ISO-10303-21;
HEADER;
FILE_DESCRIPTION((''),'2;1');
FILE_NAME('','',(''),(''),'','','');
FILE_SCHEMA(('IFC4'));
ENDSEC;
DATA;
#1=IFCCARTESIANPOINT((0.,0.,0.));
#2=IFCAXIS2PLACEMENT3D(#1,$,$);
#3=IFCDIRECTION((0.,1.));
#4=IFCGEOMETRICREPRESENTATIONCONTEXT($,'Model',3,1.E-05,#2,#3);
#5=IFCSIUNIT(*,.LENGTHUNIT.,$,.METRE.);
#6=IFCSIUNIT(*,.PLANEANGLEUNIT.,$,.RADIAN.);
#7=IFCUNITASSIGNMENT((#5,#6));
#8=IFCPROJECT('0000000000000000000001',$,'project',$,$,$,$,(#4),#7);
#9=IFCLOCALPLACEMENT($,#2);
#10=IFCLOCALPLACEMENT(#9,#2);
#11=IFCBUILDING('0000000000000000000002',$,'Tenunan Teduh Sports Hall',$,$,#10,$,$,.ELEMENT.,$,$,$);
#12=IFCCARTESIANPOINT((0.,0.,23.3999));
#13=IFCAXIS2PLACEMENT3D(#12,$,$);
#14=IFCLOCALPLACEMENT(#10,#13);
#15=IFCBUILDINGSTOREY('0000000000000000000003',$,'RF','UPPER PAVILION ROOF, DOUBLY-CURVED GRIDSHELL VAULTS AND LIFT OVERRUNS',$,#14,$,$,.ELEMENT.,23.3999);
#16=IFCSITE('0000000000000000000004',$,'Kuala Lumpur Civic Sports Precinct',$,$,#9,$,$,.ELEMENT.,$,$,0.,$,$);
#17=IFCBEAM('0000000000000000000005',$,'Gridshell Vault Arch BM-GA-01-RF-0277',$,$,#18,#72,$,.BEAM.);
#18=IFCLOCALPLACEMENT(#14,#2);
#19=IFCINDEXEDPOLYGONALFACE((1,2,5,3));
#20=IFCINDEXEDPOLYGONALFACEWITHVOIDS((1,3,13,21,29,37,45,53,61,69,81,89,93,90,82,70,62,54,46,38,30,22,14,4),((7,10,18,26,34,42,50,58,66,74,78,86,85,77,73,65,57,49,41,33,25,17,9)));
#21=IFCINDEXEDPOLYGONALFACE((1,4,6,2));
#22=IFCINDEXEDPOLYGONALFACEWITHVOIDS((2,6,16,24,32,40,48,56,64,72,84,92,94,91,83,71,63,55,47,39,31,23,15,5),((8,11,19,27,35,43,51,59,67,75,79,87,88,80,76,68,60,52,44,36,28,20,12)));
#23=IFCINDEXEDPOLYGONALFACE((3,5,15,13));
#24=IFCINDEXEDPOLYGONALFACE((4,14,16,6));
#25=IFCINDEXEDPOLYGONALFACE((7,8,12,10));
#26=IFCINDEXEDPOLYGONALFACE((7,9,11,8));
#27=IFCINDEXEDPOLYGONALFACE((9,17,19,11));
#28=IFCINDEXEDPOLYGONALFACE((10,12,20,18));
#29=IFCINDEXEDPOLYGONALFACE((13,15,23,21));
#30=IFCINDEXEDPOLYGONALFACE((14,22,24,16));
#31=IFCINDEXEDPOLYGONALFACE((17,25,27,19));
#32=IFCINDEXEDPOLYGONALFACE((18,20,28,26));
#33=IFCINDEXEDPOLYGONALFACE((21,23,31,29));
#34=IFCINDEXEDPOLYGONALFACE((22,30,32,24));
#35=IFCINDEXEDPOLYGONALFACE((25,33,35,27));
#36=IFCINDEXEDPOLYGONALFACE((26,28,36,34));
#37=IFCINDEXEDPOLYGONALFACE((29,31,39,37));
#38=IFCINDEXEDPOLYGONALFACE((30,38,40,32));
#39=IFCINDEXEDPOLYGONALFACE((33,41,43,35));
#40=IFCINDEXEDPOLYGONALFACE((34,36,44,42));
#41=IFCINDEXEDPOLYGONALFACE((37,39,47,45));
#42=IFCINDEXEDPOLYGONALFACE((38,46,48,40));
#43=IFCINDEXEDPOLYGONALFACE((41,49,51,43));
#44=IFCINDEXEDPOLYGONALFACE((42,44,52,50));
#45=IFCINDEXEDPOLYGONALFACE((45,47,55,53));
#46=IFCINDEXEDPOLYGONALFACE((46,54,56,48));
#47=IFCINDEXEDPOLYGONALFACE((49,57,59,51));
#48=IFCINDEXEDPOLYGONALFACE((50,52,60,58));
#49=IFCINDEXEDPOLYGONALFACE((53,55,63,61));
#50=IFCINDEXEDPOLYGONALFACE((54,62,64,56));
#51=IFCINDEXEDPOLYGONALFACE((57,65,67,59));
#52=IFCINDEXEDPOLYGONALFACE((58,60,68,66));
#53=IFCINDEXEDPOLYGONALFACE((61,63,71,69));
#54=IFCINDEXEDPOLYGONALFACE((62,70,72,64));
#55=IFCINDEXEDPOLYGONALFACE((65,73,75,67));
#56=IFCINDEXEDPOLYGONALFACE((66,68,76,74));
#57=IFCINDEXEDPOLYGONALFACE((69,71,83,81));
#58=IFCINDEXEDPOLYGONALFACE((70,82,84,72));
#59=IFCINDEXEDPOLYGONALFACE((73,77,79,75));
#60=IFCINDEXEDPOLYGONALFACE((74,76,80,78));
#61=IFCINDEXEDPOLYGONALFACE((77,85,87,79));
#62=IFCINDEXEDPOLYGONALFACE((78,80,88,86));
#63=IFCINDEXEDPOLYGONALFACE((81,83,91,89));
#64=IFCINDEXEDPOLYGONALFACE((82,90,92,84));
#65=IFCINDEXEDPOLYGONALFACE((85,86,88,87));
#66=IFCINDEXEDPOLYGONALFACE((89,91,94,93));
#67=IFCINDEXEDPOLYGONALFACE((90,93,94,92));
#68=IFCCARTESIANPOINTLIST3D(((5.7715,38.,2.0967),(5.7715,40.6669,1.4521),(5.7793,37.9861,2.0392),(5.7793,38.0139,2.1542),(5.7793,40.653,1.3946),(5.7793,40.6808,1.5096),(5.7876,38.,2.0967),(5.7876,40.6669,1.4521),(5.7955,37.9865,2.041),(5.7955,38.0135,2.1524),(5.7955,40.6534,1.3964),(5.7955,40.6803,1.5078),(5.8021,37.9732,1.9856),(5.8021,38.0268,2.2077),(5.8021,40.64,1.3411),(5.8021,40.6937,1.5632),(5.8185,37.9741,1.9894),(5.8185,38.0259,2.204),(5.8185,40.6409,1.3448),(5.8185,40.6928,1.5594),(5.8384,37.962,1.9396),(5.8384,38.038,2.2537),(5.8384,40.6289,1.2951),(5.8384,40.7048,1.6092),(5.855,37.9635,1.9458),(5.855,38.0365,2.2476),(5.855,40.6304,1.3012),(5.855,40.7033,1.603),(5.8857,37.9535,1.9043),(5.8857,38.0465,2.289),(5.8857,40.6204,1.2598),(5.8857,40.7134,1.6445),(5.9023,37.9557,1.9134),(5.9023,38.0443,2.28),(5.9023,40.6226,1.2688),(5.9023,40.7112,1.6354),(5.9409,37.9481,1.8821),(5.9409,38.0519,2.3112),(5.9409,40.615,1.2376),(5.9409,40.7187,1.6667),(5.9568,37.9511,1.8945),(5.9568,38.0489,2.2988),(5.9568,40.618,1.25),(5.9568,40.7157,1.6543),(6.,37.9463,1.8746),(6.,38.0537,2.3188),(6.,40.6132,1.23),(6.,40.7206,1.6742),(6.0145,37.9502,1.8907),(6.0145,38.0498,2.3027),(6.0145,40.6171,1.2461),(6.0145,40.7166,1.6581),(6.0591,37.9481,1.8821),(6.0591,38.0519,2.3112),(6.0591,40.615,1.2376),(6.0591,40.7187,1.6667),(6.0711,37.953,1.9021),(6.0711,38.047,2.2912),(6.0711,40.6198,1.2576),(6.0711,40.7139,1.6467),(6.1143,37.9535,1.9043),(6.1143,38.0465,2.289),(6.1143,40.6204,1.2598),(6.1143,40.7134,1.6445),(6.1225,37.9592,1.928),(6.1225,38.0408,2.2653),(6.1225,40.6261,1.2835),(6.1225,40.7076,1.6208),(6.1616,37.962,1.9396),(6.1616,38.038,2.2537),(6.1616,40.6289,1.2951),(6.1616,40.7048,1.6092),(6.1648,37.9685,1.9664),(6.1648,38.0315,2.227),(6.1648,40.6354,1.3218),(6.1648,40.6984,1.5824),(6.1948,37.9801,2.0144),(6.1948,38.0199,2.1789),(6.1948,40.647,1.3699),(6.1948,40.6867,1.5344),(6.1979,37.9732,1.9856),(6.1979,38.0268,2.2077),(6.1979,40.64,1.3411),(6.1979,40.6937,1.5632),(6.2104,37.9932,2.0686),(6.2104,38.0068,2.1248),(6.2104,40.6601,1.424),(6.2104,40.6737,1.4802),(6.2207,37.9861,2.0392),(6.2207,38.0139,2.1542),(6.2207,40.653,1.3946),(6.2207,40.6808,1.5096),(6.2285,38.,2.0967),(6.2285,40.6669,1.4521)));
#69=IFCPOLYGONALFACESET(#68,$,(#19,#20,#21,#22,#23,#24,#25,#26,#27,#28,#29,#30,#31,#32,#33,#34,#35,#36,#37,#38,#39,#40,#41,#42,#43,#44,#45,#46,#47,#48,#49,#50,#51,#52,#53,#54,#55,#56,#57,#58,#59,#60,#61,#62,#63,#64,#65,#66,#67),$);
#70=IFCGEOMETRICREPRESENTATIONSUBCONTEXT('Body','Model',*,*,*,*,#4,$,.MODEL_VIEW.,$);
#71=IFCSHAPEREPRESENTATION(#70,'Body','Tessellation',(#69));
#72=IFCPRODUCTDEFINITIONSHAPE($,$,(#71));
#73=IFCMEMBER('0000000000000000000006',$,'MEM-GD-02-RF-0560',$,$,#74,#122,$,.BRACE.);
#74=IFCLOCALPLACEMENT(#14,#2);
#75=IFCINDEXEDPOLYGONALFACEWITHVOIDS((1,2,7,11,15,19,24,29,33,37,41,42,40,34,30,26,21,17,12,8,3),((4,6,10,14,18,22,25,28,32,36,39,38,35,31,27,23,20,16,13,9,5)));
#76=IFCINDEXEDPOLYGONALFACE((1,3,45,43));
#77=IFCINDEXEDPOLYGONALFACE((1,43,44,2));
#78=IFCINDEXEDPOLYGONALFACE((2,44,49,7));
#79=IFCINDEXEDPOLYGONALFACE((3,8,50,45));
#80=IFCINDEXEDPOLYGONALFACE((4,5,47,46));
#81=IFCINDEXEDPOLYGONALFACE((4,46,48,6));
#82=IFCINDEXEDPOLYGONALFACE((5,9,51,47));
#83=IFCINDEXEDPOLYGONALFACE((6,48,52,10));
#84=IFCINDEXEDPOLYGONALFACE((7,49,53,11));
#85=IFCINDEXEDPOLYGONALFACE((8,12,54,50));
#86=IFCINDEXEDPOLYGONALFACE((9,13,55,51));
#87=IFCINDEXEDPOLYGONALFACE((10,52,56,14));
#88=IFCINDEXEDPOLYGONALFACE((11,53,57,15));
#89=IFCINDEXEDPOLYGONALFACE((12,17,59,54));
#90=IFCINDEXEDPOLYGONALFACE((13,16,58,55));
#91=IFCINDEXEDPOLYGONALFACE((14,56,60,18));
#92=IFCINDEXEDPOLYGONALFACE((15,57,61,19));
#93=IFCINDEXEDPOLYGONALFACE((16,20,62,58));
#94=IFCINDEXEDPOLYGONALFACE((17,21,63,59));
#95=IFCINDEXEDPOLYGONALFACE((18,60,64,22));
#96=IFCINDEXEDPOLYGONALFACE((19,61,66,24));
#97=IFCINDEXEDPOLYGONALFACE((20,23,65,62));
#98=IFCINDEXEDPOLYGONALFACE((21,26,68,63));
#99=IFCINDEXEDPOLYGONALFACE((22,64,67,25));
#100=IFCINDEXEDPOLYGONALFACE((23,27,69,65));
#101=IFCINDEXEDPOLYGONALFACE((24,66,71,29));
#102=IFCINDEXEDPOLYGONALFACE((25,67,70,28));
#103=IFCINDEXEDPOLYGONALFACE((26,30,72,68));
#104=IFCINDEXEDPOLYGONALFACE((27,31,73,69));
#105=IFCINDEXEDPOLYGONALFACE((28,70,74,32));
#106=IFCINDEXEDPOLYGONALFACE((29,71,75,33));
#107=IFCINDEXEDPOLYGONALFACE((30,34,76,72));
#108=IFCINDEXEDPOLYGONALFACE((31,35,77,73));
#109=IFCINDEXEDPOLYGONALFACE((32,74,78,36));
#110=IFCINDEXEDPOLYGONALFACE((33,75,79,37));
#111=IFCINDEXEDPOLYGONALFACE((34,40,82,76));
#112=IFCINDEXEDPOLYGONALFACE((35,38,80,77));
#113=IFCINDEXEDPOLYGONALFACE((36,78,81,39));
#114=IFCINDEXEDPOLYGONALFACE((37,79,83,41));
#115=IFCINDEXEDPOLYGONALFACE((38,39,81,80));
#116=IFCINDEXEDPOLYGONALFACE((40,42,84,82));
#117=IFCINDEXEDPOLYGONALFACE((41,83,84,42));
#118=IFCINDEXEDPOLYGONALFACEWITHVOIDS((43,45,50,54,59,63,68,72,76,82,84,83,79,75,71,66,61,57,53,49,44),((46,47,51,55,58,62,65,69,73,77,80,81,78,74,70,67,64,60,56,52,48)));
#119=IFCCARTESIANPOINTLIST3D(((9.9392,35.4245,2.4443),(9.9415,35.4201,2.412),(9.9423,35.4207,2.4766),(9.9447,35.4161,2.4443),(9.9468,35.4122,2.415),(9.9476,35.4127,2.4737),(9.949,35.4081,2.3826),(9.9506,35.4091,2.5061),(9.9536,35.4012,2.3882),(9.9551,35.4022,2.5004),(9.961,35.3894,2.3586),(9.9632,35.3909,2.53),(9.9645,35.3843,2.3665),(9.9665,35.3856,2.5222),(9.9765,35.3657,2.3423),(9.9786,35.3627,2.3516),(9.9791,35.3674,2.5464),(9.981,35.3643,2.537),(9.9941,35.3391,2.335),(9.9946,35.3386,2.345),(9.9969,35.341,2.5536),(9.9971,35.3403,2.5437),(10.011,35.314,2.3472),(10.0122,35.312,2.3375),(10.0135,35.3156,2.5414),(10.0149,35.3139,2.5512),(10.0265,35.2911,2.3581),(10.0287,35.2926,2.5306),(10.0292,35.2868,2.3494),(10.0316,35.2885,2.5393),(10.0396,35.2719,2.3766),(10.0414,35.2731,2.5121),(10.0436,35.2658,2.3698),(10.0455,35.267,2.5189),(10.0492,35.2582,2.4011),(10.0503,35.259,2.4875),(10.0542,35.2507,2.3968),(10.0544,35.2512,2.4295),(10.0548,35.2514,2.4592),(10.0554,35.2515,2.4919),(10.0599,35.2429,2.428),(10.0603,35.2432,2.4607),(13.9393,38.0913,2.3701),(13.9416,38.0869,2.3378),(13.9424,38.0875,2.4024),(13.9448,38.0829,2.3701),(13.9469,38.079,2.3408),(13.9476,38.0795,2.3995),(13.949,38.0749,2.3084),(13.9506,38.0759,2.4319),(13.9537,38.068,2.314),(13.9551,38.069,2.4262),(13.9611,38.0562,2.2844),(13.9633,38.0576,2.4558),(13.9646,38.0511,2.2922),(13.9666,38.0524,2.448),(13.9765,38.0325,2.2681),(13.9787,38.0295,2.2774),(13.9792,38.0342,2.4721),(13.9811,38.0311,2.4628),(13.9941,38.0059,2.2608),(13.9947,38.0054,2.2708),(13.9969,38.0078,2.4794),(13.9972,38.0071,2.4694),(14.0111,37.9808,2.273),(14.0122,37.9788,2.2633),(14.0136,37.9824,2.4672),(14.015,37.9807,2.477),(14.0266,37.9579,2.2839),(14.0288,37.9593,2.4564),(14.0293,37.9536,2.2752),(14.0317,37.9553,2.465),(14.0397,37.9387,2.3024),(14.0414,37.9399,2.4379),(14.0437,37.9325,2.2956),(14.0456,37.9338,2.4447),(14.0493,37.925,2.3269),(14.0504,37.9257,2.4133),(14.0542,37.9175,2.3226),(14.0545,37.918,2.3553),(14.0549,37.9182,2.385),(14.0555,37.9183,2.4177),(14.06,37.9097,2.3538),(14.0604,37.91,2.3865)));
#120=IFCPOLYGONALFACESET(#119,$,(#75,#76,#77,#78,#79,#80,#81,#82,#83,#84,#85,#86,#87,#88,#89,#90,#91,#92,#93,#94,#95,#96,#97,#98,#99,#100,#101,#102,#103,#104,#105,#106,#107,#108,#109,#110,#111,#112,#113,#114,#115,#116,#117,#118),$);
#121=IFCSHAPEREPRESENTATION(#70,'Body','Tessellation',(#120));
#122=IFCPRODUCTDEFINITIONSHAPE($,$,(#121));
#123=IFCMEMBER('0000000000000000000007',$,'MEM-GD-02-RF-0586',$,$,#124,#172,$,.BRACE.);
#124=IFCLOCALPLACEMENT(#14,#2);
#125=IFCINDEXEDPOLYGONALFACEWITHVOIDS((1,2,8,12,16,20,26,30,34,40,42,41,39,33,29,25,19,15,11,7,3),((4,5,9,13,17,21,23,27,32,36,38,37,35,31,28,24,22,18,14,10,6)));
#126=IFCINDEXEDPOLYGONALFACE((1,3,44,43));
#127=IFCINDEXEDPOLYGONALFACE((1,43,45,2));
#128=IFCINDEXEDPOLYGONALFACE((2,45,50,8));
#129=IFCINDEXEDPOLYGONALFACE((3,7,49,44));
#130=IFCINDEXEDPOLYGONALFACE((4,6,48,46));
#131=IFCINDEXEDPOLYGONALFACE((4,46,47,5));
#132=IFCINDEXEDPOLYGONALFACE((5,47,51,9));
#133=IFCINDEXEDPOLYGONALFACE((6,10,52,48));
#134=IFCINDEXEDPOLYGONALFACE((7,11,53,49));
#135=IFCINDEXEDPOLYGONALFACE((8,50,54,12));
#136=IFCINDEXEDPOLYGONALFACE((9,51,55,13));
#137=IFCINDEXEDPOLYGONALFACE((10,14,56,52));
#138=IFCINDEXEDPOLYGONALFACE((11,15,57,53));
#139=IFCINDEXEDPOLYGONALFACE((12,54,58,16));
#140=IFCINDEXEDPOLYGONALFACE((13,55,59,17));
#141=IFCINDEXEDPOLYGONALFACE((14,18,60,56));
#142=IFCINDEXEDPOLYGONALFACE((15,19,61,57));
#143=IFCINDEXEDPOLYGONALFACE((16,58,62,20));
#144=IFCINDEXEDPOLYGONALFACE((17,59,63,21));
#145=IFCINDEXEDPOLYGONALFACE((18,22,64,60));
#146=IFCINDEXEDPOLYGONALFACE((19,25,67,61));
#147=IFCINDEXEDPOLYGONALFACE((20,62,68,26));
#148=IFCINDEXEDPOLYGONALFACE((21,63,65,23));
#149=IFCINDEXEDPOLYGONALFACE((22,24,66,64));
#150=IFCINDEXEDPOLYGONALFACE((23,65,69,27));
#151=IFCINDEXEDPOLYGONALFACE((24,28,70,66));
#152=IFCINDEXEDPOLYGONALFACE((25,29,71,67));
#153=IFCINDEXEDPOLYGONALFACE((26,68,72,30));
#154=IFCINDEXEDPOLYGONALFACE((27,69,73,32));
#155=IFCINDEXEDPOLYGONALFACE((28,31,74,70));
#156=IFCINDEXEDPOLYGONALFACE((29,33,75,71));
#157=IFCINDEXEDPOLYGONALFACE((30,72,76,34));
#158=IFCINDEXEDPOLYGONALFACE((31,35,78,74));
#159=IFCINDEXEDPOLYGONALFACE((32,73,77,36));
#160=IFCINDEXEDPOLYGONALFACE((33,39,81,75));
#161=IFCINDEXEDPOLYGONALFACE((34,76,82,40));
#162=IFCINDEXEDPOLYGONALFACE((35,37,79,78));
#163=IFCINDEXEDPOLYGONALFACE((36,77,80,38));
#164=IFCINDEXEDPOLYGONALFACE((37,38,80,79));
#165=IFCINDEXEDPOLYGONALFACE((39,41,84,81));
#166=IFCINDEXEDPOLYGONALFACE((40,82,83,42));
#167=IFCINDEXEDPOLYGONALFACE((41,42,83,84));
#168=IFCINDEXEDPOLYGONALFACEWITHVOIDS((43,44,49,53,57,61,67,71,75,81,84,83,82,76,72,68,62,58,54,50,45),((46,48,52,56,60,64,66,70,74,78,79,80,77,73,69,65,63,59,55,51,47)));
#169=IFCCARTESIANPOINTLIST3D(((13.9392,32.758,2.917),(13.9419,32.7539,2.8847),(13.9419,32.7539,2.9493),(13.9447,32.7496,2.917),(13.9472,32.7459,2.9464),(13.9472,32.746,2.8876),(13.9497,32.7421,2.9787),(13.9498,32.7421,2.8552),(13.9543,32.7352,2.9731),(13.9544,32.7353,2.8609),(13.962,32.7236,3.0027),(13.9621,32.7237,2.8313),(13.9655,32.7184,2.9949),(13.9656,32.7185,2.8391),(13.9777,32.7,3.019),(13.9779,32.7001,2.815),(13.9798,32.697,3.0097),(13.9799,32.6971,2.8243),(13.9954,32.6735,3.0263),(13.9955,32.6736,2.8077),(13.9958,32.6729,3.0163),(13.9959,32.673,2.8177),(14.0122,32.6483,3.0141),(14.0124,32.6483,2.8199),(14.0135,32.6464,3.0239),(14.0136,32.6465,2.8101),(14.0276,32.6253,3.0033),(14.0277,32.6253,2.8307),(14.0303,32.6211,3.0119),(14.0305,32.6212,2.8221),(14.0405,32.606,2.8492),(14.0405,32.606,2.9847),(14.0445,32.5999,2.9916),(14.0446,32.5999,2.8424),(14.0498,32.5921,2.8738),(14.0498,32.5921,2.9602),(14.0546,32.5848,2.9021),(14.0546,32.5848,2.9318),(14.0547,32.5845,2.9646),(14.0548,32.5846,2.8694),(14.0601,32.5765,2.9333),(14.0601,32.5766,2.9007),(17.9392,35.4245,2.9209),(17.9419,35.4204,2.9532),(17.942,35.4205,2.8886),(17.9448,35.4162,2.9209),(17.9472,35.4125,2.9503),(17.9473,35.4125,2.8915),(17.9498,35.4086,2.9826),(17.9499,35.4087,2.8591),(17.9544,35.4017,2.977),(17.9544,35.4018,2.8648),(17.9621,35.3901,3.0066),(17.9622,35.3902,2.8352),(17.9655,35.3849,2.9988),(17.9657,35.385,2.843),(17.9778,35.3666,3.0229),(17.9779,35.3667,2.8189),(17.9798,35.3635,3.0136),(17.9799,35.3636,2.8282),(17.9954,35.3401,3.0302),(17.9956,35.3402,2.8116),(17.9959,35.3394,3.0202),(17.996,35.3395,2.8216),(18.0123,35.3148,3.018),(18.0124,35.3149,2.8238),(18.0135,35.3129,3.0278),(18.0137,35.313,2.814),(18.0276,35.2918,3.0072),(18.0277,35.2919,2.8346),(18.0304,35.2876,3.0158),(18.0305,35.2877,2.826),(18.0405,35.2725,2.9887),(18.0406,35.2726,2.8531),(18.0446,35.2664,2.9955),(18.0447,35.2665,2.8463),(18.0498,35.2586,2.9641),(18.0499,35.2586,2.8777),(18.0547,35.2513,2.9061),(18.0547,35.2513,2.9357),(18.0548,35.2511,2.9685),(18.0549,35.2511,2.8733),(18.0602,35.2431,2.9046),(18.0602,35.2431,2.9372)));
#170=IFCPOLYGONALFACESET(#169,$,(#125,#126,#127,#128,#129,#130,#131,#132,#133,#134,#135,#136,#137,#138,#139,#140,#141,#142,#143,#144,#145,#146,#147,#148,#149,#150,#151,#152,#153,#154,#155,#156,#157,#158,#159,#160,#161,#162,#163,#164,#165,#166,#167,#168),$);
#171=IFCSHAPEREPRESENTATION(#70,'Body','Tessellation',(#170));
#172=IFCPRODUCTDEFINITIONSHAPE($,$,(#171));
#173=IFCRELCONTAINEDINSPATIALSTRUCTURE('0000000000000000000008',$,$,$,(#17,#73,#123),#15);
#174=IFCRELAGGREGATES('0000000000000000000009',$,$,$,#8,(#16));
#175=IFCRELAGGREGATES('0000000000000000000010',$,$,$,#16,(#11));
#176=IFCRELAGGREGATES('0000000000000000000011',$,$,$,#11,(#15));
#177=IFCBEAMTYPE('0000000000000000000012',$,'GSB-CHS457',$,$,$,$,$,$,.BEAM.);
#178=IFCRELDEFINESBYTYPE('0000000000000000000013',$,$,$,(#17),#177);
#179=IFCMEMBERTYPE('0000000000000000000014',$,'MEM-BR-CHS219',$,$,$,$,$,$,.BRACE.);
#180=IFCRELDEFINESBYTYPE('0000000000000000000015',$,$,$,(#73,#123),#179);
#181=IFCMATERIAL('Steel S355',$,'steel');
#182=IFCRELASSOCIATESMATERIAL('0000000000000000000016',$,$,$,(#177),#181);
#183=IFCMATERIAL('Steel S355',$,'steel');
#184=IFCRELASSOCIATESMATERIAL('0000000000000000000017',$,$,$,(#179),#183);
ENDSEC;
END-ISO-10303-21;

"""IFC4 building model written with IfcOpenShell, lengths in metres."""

from ifc_helpers import new_model, si_unit, direction, frame, origin, origin_2d, place, context, subcontext, project, spatial, hollow_circle, extrude, material, material_profile, profile_set, type_object, element, save


model = new_model("IFC4")

# Units and contexts
model_context = context("Model", 3, precision=1e-05, world=origin(), true_north=direction((0.0, 1.0)))
body_context = subcontext(model_context, "Body", "Model", "MODEL_VIEW")
ifc_project = project(units=[si_unit("LENGTHUNIT", "METRE"), si_unit("PLANEANGLEUNIT", "RADIAN")], contexts=[model_context])

# Site, building, storey
site_placement = place(None, origin())
site = spatial("IfcSite", under=ifc_project, at=site_placement, Name="Kuala Lumpur Civic Sports Precinct", CompositionType="ELEMENT", RefElevation=0.0)
building_placement = place(site_placement, origin())
building = spatial("IfcBuilding", under=site, at=building_placement, Name="Tenunan Teduh Sports Hall", CompositionType="ELEMENT")
storey_placement = place(building_placement, frame((0.0, 0.0, 23.3999)))
storey = spatial("IfcBuildingStorey", under=building, at=storey_placement, Name="RF", Description="UPPER PAVILION ROOF, DOUBLY-CURVED GRIDSHELL VAULTS AND LIFT OVERRUNS", CompositionType="ELEMENT", Elevation=23.3999)

# Beam
ifc_material_1 = material(Name="Steel S355", Category="steel")
ifc_material_profile_1 = material_profile(ifc_material_1, hollow_circle(Radius=0.2285, WallThickness=0.0161, at=origin_2d()), Name="CHS 457.0x16.0")
ifc_profile_set_1 = profile_set([ifc_material_profile_1], Name="Steel S355")
beam_type_1 = type_object("IfcBeamType", Name="GSB-CHS457", PredefinedType="BEAM", material=ifc_profile_set_1)
beam_1_placement = place(storey_placement, frame((6.0, 38.0, 2.0967), z_axis=(0.0, 0.972013, -0.234928), x_axis=(-1.0, 0.0, 0.0)))
element("IfcBeam", 1, at=beam_1_placement, inside=storey, type_object=beam_type_1, Name="Gridshell Vault Arch BM-GA-01-RF-0277", PredefinedType="BEAM", context=body_context, shape_type="SweptSolid", body=[
    extrude(hollow_circle(Radius=0.2285, WallThickness=0.0161, at=origin_2d()), origin(), (0.0, 0.0, 1.0), 2.7437),
])

# Members
ifc_material_2 = material(Name="Steel S355", Category="steel")
ifc_material_profile_2 = material_profile(ifc_material_2, hollow_circle(Radius=0.1096, WallThickness=0.01, at=origin_2d()), Name="CHS 219.1x10.0")
ifc_profile_set_2 = profile_set([ifc_material_profile_2], Name="Steel S355")
member_type_1 = type_object("IfcMemberType", Name="MEM-BR-CHS219", PredefinedType="BRACE", material=ifc_profile_set_2)
member_1_placement = place(storey_placement, frame((10.0, 35.3333, 2.4443), z_axis=(0.831943, 0.554646, -0.015436), x_axis=(-0.554712, 0.832042, 0.0)))
element("IfcMember", 2, at=member_1_placement, inside=storey, type_object=member_type_1, Name="MEM-GD-02-RF-0560", PredefinedType="BRACE", context=body_context, shape_type="SweptSolid", body=[
    extrude(hollow_circle(Radius=0.1096, WallThickness=0.01, at=origin_2d()), origin(), (0.0, 0.0, 1.0), 4.8081),
])
member_2_placement = place(storey_placement, frame((14.0, 32.6667, 2.917), z_axis=(0.832066, 0.554677, 0.000813), x_axis=(-0.554677, 0.832066, 0.0)))
element("IfcMember", 3, at=member_2_placement, inside=storey, type_object=member_type_1, Name="MEM-GD-02-RF-0586", PredefinedType="BRACE", context=body_context, shape_type="SweptSolid", body=[
    extrude(hollow_circle(Radius=0.1096, WallThickness=0.01, at=origin_2d()), origin(), (0.0, 0.0, 1.0), 4.8074),
])

save(model, "model.ifc")
